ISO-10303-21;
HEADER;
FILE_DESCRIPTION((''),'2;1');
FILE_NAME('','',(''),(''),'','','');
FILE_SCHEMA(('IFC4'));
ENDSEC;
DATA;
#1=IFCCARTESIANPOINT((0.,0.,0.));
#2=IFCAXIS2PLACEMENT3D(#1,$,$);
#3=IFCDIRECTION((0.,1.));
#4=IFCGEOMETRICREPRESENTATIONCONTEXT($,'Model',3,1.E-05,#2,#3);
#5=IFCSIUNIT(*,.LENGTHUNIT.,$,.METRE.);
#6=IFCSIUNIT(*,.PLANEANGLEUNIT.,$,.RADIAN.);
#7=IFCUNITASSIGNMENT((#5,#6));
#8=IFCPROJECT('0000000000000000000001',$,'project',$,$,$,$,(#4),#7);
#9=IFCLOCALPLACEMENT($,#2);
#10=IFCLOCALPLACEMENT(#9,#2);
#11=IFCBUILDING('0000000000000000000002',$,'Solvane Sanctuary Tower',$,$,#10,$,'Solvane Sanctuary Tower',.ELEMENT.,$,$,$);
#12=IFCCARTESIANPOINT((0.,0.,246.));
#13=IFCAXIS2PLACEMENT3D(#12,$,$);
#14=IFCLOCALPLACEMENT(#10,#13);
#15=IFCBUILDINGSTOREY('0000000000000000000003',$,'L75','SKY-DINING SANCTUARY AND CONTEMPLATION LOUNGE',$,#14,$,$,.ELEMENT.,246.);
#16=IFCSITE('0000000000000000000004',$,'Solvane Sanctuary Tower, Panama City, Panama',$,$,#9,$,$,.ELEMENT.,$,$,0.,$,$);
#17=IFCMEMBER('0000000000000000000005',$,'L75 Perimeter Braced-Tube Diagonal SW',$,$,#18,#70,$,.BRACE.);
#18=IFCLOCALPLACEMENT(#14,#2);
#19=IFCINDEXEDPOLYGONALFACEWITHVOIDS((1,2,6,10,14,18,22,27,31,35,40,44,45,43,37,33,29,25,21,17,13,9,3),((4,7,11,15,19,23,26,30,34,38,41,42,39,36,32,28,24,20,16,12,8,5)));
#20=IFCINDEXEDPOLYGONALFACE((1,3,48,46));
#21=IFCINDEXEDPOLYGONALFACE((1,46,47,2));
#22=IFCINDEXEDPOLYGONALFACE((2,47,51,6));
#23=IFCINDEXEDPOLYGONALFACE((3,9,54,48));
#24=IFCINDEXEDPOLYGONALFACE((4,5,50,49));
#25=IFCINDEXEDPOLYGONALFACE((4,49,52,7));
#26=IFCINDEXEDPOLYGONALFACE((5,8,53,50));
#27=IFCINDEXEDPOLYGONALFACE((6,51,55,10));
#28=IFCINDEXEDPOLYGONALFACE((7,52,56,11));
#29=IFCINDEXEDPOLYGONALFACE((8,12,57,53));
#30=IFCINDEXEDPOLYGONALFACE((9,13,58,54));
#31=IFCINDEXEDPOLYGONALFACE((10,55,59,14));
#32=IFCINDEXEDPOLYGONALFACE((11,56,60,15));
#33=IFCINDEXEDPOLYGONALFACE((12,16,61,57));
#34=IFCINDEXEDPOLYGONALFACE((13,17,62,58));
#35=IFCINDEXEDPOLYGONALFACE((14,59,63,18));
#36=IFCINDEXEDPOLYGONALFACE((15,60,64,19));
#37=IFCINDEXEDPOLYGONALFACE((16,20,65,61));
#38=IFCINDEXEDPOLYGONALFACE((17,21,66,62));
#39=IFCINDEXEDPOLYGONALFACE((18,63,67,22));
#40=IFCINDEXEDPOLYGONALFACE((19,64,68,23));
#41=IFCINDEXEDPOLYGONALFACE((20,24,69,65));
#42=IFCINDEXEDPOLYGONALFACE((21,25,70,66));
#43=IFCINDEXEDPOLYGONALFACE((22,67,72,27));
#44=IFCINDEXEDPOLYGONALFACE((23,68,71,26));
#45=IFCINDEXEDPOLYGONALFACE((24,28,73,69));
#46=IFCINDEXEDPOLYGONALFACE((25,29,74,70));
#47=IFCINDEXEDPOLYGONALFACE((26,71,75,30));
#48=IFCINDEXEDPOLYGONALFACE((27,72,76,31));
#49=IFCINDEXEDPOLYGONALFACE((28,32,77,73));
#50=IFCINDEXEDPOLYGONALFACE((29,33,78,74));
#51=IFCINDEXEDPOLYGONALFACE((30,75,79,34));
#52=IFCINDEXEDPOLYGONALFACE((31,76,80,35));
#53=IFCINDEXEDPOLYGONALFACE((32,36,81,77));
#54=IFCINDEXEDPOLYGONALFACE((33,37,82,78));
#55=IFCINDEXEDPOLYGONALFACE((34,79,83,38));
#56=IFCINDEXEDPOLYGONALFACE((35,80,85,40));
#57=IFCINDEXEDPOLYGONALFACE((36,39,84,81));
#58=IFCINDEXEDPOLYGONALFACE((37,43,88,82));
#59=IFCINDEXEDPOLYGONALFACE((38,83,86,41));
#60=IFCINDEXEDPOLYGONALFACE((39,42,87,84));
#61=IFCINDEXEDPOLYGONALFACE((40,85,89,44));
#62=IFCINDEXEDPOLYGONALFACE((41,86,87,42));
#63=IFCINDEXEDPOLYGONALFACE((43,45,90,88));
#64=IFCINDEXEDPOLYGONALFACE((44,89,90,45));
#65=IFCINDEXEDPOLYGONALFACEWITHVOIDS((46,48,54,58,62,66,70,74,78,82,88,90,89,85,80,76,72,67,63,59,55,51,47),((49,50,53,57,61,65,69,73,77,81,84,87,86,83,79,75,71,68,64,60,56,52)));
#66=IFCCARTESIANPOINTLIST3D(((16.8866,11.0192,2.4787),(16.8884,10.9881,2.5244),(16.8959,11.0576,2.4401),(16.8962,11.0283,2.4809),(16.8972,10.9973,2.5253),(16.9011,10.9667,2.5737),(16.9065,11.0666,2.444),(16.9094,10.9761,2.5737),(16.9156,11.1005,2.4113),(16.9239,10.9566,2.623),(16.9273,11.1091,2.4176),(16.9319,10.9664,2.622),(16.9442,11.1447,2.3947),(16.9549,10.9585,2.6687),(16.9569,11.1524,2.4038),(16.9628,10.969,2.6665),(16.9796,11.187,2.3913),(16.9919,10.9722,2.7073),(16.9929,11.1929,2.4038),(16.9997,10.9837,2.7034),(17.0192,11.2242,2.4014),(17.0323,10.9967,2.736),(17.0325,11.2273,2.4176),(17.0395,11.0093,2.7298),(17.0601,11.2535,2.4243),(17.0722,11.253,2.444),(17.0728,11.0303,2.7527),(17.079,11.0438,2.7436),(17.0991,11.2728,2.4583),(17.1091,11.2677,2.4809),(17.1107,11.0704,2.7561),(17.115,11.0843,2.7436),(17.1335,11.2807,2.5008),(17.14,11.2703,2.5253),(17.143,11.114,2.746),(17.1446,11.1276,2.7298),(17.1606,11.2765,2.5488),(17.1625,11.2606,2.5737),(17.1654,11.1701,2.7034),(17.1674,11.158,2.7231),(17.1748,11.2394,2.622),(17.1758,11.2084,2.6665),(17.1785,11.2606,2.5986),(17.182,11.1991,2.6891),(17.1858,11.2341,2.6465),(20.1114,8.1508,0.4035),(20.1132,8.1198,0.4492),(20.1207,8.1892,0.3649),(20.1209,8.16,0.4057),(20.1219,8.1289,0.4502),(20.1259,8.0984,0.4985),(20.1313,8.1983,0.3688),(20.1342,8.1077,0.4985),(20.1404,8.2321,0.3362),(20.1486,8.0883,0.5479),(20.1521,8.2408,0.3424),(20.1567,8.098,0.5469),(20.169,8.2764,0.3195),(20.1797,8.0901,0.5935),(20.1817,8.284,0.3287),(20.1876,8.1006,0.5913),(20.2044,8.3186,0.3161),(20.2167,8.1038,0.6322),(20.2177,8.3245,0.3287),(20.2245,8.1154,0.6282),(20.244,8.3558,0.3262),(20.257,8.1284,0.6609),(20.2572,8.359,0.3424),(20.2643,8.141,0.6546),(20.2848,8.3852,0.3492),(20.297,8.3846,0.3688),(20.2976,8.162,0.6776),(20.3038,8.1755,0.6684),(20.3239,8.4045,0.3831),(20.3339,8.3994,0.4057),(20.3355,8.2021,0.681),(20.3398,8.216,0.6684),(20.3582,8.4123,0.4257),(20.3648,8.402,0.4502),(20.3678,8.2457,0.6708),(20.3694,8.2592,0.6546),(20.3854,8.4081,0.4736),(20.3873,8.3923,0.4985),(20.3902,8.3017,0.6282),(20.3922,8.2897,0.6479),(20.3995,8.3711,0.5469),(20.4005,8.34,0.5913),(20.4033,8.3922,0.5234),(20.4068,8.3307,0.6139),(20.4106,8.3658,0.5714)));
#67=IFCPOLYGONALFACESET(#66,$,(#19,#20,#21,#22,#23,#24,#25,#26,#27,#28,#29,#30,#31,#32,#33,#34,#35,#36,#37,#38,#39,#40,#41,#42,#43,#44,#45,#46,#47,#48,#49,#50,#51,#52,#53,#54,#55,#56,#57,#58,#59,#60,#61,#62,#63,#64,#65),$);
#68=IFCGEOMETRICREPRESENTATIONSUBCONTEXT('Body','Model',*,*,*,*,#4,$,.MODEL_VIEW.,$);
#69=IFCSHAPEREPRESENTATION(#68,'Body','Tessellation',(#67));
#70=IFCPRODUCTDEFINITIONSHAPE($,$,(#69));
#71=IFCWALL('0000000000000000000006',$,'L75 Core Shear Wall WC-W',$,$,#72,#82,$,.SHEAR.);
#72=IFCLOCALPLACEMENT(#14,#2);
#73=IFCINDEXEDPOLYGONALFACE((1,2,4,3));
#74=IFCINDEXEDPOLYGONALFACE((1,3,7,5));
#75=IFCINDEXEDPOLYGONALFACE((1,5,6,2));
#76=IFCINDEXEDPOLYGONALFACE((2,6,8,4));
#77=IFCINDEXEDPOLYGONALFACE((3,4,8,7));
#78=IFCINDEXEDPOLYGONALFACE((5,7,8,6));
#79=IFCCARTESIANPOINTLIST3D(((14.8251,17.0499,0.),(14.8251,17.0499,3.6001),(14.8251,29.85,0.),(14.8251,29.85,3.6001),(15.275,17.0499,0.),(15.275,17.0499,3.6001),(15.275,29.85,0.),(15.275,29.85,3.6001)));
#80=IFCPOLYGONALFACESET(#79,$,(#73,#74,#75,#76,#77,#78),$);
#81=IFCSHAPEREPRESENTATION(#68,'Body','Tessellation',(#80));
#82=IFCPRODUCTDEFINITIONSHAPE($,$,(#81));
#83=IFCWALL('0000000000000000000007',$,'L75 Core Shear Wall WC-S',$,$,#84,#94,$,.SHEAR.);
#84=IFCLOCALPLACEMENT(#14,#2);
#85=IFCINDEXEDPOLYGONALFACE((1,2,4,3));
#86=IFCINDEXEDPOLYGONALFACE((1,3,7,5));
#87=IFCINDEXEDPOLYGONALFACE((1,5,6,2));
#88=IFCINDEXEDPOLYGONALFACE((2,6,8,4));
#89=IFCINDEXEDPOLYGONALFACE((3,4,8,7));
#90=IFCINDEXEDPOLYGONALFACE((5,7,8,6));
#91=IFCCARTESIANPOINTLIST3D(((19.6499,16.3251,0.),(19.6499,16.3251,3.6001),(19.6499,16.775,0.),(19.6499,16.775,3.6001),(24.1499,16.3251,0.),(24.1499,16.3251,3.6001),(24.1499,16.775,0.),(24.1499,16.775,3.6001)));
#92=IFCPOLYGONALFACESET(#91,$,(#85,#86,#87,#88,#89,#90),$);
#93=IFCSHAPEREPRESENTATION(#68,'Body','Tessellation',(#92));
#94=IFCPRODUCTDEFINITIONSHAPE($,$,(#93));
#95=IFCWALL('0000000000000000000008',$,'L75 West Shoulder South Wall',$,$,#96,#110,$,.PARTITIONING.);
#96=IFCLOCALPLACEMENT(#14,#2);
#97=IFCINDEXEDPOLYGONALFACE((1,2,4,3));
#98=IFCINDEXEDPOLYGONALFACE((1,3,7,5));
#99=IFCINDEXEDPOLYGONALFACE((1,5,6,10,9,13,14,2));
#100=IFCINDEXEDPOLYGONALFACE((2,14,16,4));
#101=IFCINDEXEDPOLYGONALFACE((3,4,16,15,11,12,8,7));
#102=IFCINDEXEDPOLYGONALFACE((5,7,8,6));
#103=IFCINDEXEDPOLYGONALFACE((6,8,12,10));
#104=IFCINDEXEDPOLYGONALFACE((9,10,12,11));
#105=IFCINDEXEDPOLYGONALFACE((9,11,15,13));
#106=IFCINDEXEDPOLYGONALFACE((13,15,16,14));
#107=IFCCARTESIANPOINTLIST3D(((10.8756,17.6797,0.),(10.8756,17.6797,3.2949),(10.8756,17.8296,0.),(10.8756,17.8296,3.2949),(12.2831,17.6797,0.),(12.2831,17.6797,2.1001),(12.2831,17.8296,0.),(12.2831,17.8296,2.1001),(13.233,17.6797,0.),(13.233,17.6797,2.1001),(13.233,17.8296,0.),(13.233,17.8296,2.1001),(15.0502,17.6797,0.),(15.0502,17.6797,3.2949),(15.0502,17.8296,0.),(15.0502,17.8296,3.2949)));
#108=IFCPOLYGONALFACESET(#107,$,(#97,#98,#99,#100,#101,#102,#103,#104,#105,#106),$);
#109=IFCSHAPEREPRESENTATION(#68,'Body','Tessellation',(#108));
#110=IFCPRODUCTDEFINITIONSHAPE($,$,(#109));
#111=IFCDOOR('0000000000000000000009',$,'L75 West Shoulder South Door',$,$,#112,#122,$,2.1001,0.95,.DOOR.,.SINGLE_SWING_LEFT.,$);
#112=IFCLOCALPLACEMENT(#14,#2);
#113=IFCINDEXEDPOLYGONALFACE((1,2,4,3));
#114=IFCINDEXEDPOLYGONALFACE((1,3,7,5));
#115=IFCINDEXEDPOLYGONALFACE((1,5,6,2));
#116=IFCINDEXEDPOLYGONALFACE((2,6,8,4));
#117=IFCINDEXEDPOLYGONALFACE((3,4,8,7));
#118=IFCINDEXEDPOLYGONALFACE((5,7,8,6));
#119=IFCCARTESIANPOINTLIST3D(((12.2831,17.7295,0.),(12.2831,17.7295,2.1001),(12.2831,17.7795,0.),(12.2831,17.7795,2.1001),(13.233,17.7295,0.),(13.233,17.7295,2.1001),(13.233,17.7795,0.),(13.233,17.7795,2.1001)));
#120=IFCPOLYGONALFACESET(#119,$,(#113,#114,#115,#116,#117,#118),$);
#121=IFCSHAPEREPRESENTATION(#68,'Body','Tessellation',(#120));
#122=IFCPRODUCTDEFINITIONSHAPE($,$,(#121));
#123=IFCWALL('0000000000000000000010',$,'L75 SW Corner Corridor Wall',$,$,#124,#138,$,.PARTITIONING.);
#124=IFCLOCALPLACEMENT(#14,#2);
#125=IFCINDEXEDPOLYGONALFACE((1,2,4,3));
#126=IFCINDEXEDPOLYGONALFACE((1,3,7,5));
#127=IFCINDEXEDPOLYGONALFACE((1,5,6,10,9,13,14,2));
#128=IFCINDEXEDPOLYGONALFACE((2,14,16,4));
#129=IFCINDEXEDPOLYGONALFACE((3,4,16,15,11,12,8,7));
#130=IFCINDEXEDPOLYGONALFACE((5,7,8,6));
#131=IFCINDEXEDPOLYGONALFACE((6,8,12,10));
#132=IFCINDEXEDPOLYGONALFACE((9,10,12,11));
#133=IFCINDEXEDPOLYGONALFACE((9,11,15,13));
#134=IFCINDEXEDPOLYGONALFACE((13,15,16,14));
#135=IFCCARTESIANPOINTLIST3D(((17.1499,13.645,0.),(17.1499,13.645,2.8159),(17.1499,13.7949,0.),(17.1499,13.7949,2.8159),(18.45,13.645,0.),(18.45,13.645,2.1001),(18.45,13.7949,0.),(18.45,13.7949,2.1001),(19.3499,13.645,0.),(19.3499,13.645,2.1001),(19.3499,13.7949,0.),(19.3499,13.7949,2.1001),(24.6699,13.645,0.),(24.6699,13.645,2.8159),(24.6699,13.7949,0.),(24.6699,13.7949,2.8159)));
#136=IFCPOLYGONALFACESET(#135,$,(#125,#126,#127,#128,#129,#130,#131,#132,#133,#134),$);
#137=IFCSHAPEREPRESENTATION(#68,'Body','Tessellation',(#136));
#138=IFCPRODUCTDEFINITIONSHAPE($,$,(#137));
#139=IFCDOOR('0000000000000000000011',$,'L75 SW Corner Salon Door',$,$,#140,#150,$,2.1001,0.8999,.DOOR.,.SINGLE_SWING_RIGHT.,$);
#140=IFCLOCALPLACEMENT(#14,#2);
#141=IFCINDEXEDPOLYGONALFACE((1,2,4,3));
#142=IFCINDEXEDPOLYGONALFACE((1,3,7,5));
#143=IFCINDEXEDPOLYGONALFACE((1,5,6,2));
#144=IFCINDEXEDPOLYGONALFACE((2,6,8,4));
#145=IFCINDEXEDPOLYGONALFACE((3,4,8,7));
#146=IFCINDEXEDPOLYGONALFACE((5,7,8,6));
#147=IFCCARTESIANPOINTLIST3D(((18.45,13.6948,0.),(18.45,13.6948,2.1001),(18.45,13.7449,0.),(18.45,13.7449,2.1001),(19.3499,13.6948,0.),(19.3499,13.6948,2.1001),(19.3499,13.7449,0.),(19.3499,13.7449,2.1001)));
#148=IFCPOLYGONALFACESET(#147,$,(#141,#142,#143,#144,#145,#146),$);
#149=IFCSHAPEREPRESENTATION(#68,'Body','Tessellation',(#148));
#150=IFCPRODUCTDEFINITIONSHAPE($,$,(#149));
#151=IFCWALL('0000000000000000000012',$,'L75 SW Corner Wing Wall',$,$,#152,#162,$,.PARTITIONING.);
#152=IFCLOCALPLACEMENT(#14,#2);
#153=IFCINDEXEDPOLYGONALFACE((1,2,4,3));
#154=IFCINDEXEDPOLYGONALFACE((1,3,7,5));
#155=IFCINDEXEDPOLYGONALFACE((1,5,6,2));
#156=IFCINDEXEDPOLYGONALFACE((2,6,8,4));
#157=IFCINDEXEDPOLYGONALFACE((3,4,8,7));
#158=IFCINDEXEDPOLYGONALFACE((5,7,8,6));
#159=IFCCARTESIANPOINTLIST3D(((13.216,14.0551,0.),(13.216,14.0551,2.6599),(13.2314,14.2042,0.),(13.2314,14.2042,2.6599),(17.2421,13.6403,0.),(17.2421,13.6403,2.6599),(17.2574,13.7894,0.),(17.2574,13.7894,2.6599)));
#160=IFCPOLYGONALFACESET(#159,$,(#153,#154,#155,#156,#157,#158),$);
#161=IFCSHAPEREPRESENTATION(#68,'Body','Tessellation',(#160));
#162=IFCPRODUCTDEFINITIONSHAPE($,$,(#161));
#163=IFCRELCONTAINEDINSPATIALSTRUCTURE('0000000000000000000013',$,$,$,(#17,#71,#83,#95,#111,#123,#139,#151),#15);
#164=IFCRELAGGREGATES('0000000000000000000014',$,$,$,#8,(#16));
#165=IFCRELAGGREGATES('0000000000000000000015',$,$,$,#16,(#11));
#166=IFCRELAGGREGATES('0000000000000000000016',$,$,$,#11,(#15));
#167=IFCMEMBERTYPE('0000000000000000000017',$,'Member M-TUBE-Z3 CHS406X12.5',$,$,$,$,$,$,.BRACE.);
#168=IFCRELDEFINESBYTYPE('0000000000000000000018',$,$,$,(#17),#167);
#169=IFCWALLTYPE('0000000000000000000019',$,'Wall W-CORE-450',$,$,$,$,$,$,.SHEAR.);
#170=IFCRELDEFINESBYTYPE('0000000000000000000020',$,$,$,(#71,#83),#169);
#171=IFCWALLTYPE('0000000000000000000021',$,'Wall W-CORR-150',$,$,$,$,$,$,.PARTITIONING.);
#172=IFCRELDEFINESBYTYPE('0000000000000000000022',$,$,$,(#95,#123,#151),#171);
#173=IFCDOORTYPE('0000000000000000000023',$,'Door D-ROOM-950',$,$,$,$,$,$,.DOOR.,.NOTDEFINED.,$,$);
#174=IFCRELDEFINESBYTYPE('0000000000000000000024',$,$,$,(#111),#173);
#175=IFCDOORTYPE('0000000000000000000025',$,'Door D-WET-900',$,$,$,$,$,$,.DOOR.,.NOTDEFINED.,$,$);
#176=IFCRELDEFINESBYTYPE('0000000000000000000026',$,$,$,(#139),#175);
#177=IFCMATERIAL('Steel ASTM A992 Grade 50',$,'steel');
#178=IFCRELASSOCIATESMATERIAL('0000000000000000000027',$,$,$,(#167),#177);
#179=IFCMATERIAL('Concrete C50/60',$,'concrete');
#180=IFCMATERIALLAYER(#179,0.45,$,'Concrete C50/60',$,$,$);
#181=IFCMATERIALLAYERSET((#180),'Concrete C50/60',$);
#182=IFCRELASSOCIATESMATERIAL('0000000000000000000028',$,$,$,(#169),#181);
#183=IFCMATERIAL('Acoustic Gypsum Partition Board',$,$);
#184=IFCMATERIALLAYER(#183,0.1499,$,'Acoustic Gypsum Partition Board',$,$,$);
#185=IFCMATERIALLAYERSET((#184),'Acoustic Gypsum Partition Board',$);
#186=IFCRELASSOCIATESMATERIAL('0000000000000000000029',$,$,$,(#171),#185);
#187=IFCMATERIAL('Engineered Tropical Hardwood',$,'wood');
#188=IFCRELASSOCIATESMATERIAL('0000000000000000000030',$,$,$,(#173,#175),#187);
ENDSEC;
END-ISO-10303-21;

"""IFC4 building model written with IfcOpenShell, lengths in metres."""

from ifc_helpers import new_model, si_unit, direction, frame, frame_2d, origin, origin_2d, place, context, subcontext, project, spatial, rectangle, hollow_circle, extrude, material, layer, layer_set, material_profile, profile_set, type_object, element, fill, save


model = new_model("IFC4")

# Units and contexts
model_context = context("Model", 3, precision=1e-05, world=origin(), true_north=direction((0.0, 1.0)))
body_context = subcontext(model_context, "Body", "Model", "MODEL_VIEW")
ifc_project = project(units=[si_unit("LENGTHUNIT", "METRE"), si_unit("PLANEANGLEUNIT", "RADIAN")], contexts=[model_context])

# Site, building, storey
site_placement = place(None, origin())
site = spatial("IfcSite", under=ifc_project, at=site_placement, Name="Solvane Sanctuary Tower, Panama City, Panama", CompositionType="ELEMENT", RefElevation=0.0)
building_placement = place(site_placement, origin())
building = spatial("IfcBuilding", under=site, at=building_placement, Name="Solvane Sanctuary Tower", LongName="Solvane Sanctuary Tower", CompositionType="ELEMENT")
storey_placement = place(building_placement, frame((0.0, 0.0, 246.0)))
storey = spatial("IfcBuildingStorey", under=building, at=storey_placement, Name="L75", Description="SKY-DINING SANCTUARY AND CONTEMPLATION LOUNGE", CompositionType="ELEMENT", Elevation=246.0)

# Shared definitions
ifc_material_1 = material(Name="Steel ASTM A992 Grade 50", Category="steel")

# Member
ifc_material_profile_1 = material_profile(ifc_material_1, hollow_circle(Radius=0.2029, WallThickness=0.0125, at=origin_2d()), Name="CHS406X12.5")
ifc_profile_set_1 = profile_set([ifc_material_profile_1], Name="Steel ASTM A992 Grade 50")
member_type = type_object("IfcMemberType", Name="Member M-TUBE-Z3 CHS406X12.5", PredefinedType="BRACE", material=ifc_profile_set_1)
member_placement = place(storey_placement, frame((20.2607, 8.25, 0.4985), z_axis=(-0.673397, 0.598966, 0.433331), x_axis=(-0.664606, -0.747194, 0.0)))
element("IfcMember", 1, at=member_placement, inside=storey, type_object=member_type, Name="L75 Perimeter Braced-Tube Diagonal SW", PredefinedType="BRACE", context=body_context, shape_type="SweptSolid", body=[
    extrude(hollow_circle(Radius=0.2029, WallThickness=0.0125, at=origin_2d()), origin(), (0.0, 0.0, 1.0), 4.7888),
])

# Walls
ifc_material_2 = material(Name="Concrete C50/60", Category="concrete")
ifc_layer_1 = layer(ifc_material_2, 0.45, Name="Concrete C50/60")
ifc_layer_set_1 = layer_set([ifc_layer_1], Name="Concrete C50/60")
wall_type_1 = type_object("IfcWallType", Name="Wall W-CORE-450", PredefinedType="SHEAR", material=ifc_layer_set_1)
wall_1_placement = place(storey_placement, frame((15.05, 17.05, 0.0), z_axis=(0.0, 0.0, 1.0), x_axis=(0.0, 1.0, 0.0)))
element("IfcWall", 2, at=wall_1_placement, inside=storey, type_object=wall_type_1, Name="L75 Core Shear Wall WC-W", PredefinedType="SHEAR", context=body_context, shape_type="SweptSolid", body=[
    extrude(rectangle(XDim=12.8, YDim=0.45, at=frame_2d((6.3999, 0.0))), origin(), (0.0, 0.0, 1.0), 3.6001),
])
wall_2_placement = place(storey_placement, frame((19.6499, 16.55, 0.0), z_axis=(0.0, 0.0, 1.0), x_axis=(1.0, 0.0, 0.0)))
element("IfcWall", 3, at=wall_2_placement, inside=storey, type_object=wall_type_1, Name="L75 Core Shear Wall WC-S", PredefinedType="SHEAR", context=body_context, shape_type="SweptSolid", body=[
    extrude(rectangle(XDim=4.5, YDim=0.45, at=frame_2d((2.25, 0.0))), origin(), (0.0, 0.0, 1.0), 3.6001),
])

# Walls, openings, doors
ifc_material_3 = material(Name="Acoustic Gypsum Partition Board")
ifc_layer_2 = layer(ifc_material_3, 0.1499, Name="Acoustic Gypsum Partition Board")
ifc_layer_set_2 = layer_set([ifc_layer_2], Name="Acoustic Gypsum Partition Board")
wall_type_2 = type_object("IfcWallType", Name="Wall W-CORR-150", PredefinedType="PARTITIONING", material=ifc_layer_set_2)
wall_3_placement = place(storey_placement, frame((10.8755, 17.7546, 0.0), z_axis=(0.0, 0.0, 1.0), x_axis=(1.0, 0.0, 0.0)))
wall_3 = element("IfcWall", 4, at=wall_3_placement, inside=storey, type_object=wall_type_2, Name="L75 West Shoulder South Wall", PredefinedType="PARTITIONING", context=body_context, shape_type="SweptSolid", body=[
    extrude(rectangle(XDim=4.1746, YDim=0.1499, at=frame_2d((2.0874, 0.0))), origin(), (0.0, 0.0, 1.0), 3.2949),
])
opening_1_placement = place(wall_3_placement, frame((1.4075, 0.0, 0.0)))
opening_1 = element("IfcOpeningElement", 5, at=opening_1_placement, cuts=wall_3, PredefinedType="OPENING", context=body_context, shape_type="SweptSolid", body=[
    extrude(rectangle(XDim=0.95, YDim=2.1001, at=frame_2d((0.4751, 1.05))), frame((0.0, 0.085, 0.0), z_axis=(0.0, -1.0, 0.0), x_axis=(1.0, 0.0, 0.0)), (0.0, 0.0, 1.0), 0.1699),
])
ifc_material_4 = material(Name="Engineered Tropical Hardwood", Category="wood")
door_type_1 = type_object("IfcDoorType", Name="Door D-ROOM-950", OperationType="NOTDEFINED", PredefinedType="DOOR", material=ifc_material_4)
door_1_placement = place(opening_1_placement, origin())
door_1 = element("IfcDoor", 6, at=door_1_placement, inside=storey, type_object=door_type_1, Name="L75 West Shoulder South Door", OperationType="SINGLE_SWING_LEFT", OverallHeight=2.1001, OverallWidth=0.95, PredefinedType="DOOR", context=body_context, shape_type="SweptSolid", body=[
    extrude(rectangle(XDim=0.95, YDim=2.1001, at=frame_2d((0.4751, 1.05))), frame((0.0, 0.0249, 0.0), z_axis=(0.0, -1.0, 0.0), x_axis=(1.0, 0.0, 0.0)), (0.0, 0.0, 1.0), 0.05),
])
fill(opening_1, door_1)
wall_4_placement = place(storey_placement, frame((17.1499, 13.72, 0.0), z_axis=(0.0, 0.0, 1.0), x_axis=(1.0, 0.0, 0.0)))
wall_4 = element("IfcWall", 7, at=wall_4_placement, inside=storey, type_object=wall_type_2, Name="L75 SW Corner Corridor Wall", PredefinedType="PARTITIONING", context=body_context, shape_type="SweptSolid", body=[
    extrude(rectangle(XDim=7.52, YDim=0.1499, at=frame_2d((3.76, 0.0))), origin(), (0.0, 0.0, 1.0), 2.8159),
])
opening_2_placement = place(wall_4_placement, frame((1.3, 0.0, 0.0)))
opening_2 = element("IfcOpeningElement", 8, at=opening_2_placement, cuts=wall_4, PredefinedType="OPENING", context=body_context, shape_type="SweptSolid", body=[
    extrude(rectangle(XDim=0.8999, YDim=2.1001, at=frame_2d((0.45, 1.05))), frame((0.0, 0.085, 0.0), z_axis=(0.0, -1.0, 0.0), x_axis=(1.0, 0.0, 0.0)), (0.0, 0.0, 1.0), 0.1699),
])
door_type_2 = type_object("IfcDoorType", Name="Door D-WET-900", OperationType="NOTDEFINED", PredefinedType="DOOR", material=ifc_material_4)
door_2_placement = place(opening_2_placement, origin())
door_2 = element("IfcDoor", 9, at=door_2_placement, inside=storey, type_object=door_type_2, Name="L75 SW Corner Salon Door", OperationType="SINGLE_SWING_RIGHT", OverallHeight=2.1001, OverallWidth=0.8999, PredefinedType="DOOR", context=body_context, shape_type="SweptSolid", body=[
    extrude(rectangle(XDim=0.8999, YDim=2.1001, at=frame_2d((0.45, 1.05))), frame((0.0, 0.0249, 0.0), z_axis=(0.0, -1.0, 0.0), x_axis=(1.0, 0.0, 0.0)), (0.0, 0.0, 1.0), 0.05),
])
fill(opening_2, door_2)

# Wall
wall_5_placement = place(storey_placement, frame((17.2498, 13.7148, 0.0), z_axis=(0.0, 0.0, 1.0), x_axis=(-0.994735, 0.102483, 0.0)))
element("IfcWall", 10, at=wall_5_placement, inside=storey, type_object=wall_type_2, Name="L75 SW Corner Wing Wall", PredefinedType="PARTITIONING", context=body_context, shape_type="SweptSolid", body=[
    extrude(rectangle(XDim=4.0474, YDim=0.1499, at=frame_2d((2.0237, 0.0))), origin(), (0.0, 0.0, 1.0), 2.6599),
])

save(model, "model.ifc")
